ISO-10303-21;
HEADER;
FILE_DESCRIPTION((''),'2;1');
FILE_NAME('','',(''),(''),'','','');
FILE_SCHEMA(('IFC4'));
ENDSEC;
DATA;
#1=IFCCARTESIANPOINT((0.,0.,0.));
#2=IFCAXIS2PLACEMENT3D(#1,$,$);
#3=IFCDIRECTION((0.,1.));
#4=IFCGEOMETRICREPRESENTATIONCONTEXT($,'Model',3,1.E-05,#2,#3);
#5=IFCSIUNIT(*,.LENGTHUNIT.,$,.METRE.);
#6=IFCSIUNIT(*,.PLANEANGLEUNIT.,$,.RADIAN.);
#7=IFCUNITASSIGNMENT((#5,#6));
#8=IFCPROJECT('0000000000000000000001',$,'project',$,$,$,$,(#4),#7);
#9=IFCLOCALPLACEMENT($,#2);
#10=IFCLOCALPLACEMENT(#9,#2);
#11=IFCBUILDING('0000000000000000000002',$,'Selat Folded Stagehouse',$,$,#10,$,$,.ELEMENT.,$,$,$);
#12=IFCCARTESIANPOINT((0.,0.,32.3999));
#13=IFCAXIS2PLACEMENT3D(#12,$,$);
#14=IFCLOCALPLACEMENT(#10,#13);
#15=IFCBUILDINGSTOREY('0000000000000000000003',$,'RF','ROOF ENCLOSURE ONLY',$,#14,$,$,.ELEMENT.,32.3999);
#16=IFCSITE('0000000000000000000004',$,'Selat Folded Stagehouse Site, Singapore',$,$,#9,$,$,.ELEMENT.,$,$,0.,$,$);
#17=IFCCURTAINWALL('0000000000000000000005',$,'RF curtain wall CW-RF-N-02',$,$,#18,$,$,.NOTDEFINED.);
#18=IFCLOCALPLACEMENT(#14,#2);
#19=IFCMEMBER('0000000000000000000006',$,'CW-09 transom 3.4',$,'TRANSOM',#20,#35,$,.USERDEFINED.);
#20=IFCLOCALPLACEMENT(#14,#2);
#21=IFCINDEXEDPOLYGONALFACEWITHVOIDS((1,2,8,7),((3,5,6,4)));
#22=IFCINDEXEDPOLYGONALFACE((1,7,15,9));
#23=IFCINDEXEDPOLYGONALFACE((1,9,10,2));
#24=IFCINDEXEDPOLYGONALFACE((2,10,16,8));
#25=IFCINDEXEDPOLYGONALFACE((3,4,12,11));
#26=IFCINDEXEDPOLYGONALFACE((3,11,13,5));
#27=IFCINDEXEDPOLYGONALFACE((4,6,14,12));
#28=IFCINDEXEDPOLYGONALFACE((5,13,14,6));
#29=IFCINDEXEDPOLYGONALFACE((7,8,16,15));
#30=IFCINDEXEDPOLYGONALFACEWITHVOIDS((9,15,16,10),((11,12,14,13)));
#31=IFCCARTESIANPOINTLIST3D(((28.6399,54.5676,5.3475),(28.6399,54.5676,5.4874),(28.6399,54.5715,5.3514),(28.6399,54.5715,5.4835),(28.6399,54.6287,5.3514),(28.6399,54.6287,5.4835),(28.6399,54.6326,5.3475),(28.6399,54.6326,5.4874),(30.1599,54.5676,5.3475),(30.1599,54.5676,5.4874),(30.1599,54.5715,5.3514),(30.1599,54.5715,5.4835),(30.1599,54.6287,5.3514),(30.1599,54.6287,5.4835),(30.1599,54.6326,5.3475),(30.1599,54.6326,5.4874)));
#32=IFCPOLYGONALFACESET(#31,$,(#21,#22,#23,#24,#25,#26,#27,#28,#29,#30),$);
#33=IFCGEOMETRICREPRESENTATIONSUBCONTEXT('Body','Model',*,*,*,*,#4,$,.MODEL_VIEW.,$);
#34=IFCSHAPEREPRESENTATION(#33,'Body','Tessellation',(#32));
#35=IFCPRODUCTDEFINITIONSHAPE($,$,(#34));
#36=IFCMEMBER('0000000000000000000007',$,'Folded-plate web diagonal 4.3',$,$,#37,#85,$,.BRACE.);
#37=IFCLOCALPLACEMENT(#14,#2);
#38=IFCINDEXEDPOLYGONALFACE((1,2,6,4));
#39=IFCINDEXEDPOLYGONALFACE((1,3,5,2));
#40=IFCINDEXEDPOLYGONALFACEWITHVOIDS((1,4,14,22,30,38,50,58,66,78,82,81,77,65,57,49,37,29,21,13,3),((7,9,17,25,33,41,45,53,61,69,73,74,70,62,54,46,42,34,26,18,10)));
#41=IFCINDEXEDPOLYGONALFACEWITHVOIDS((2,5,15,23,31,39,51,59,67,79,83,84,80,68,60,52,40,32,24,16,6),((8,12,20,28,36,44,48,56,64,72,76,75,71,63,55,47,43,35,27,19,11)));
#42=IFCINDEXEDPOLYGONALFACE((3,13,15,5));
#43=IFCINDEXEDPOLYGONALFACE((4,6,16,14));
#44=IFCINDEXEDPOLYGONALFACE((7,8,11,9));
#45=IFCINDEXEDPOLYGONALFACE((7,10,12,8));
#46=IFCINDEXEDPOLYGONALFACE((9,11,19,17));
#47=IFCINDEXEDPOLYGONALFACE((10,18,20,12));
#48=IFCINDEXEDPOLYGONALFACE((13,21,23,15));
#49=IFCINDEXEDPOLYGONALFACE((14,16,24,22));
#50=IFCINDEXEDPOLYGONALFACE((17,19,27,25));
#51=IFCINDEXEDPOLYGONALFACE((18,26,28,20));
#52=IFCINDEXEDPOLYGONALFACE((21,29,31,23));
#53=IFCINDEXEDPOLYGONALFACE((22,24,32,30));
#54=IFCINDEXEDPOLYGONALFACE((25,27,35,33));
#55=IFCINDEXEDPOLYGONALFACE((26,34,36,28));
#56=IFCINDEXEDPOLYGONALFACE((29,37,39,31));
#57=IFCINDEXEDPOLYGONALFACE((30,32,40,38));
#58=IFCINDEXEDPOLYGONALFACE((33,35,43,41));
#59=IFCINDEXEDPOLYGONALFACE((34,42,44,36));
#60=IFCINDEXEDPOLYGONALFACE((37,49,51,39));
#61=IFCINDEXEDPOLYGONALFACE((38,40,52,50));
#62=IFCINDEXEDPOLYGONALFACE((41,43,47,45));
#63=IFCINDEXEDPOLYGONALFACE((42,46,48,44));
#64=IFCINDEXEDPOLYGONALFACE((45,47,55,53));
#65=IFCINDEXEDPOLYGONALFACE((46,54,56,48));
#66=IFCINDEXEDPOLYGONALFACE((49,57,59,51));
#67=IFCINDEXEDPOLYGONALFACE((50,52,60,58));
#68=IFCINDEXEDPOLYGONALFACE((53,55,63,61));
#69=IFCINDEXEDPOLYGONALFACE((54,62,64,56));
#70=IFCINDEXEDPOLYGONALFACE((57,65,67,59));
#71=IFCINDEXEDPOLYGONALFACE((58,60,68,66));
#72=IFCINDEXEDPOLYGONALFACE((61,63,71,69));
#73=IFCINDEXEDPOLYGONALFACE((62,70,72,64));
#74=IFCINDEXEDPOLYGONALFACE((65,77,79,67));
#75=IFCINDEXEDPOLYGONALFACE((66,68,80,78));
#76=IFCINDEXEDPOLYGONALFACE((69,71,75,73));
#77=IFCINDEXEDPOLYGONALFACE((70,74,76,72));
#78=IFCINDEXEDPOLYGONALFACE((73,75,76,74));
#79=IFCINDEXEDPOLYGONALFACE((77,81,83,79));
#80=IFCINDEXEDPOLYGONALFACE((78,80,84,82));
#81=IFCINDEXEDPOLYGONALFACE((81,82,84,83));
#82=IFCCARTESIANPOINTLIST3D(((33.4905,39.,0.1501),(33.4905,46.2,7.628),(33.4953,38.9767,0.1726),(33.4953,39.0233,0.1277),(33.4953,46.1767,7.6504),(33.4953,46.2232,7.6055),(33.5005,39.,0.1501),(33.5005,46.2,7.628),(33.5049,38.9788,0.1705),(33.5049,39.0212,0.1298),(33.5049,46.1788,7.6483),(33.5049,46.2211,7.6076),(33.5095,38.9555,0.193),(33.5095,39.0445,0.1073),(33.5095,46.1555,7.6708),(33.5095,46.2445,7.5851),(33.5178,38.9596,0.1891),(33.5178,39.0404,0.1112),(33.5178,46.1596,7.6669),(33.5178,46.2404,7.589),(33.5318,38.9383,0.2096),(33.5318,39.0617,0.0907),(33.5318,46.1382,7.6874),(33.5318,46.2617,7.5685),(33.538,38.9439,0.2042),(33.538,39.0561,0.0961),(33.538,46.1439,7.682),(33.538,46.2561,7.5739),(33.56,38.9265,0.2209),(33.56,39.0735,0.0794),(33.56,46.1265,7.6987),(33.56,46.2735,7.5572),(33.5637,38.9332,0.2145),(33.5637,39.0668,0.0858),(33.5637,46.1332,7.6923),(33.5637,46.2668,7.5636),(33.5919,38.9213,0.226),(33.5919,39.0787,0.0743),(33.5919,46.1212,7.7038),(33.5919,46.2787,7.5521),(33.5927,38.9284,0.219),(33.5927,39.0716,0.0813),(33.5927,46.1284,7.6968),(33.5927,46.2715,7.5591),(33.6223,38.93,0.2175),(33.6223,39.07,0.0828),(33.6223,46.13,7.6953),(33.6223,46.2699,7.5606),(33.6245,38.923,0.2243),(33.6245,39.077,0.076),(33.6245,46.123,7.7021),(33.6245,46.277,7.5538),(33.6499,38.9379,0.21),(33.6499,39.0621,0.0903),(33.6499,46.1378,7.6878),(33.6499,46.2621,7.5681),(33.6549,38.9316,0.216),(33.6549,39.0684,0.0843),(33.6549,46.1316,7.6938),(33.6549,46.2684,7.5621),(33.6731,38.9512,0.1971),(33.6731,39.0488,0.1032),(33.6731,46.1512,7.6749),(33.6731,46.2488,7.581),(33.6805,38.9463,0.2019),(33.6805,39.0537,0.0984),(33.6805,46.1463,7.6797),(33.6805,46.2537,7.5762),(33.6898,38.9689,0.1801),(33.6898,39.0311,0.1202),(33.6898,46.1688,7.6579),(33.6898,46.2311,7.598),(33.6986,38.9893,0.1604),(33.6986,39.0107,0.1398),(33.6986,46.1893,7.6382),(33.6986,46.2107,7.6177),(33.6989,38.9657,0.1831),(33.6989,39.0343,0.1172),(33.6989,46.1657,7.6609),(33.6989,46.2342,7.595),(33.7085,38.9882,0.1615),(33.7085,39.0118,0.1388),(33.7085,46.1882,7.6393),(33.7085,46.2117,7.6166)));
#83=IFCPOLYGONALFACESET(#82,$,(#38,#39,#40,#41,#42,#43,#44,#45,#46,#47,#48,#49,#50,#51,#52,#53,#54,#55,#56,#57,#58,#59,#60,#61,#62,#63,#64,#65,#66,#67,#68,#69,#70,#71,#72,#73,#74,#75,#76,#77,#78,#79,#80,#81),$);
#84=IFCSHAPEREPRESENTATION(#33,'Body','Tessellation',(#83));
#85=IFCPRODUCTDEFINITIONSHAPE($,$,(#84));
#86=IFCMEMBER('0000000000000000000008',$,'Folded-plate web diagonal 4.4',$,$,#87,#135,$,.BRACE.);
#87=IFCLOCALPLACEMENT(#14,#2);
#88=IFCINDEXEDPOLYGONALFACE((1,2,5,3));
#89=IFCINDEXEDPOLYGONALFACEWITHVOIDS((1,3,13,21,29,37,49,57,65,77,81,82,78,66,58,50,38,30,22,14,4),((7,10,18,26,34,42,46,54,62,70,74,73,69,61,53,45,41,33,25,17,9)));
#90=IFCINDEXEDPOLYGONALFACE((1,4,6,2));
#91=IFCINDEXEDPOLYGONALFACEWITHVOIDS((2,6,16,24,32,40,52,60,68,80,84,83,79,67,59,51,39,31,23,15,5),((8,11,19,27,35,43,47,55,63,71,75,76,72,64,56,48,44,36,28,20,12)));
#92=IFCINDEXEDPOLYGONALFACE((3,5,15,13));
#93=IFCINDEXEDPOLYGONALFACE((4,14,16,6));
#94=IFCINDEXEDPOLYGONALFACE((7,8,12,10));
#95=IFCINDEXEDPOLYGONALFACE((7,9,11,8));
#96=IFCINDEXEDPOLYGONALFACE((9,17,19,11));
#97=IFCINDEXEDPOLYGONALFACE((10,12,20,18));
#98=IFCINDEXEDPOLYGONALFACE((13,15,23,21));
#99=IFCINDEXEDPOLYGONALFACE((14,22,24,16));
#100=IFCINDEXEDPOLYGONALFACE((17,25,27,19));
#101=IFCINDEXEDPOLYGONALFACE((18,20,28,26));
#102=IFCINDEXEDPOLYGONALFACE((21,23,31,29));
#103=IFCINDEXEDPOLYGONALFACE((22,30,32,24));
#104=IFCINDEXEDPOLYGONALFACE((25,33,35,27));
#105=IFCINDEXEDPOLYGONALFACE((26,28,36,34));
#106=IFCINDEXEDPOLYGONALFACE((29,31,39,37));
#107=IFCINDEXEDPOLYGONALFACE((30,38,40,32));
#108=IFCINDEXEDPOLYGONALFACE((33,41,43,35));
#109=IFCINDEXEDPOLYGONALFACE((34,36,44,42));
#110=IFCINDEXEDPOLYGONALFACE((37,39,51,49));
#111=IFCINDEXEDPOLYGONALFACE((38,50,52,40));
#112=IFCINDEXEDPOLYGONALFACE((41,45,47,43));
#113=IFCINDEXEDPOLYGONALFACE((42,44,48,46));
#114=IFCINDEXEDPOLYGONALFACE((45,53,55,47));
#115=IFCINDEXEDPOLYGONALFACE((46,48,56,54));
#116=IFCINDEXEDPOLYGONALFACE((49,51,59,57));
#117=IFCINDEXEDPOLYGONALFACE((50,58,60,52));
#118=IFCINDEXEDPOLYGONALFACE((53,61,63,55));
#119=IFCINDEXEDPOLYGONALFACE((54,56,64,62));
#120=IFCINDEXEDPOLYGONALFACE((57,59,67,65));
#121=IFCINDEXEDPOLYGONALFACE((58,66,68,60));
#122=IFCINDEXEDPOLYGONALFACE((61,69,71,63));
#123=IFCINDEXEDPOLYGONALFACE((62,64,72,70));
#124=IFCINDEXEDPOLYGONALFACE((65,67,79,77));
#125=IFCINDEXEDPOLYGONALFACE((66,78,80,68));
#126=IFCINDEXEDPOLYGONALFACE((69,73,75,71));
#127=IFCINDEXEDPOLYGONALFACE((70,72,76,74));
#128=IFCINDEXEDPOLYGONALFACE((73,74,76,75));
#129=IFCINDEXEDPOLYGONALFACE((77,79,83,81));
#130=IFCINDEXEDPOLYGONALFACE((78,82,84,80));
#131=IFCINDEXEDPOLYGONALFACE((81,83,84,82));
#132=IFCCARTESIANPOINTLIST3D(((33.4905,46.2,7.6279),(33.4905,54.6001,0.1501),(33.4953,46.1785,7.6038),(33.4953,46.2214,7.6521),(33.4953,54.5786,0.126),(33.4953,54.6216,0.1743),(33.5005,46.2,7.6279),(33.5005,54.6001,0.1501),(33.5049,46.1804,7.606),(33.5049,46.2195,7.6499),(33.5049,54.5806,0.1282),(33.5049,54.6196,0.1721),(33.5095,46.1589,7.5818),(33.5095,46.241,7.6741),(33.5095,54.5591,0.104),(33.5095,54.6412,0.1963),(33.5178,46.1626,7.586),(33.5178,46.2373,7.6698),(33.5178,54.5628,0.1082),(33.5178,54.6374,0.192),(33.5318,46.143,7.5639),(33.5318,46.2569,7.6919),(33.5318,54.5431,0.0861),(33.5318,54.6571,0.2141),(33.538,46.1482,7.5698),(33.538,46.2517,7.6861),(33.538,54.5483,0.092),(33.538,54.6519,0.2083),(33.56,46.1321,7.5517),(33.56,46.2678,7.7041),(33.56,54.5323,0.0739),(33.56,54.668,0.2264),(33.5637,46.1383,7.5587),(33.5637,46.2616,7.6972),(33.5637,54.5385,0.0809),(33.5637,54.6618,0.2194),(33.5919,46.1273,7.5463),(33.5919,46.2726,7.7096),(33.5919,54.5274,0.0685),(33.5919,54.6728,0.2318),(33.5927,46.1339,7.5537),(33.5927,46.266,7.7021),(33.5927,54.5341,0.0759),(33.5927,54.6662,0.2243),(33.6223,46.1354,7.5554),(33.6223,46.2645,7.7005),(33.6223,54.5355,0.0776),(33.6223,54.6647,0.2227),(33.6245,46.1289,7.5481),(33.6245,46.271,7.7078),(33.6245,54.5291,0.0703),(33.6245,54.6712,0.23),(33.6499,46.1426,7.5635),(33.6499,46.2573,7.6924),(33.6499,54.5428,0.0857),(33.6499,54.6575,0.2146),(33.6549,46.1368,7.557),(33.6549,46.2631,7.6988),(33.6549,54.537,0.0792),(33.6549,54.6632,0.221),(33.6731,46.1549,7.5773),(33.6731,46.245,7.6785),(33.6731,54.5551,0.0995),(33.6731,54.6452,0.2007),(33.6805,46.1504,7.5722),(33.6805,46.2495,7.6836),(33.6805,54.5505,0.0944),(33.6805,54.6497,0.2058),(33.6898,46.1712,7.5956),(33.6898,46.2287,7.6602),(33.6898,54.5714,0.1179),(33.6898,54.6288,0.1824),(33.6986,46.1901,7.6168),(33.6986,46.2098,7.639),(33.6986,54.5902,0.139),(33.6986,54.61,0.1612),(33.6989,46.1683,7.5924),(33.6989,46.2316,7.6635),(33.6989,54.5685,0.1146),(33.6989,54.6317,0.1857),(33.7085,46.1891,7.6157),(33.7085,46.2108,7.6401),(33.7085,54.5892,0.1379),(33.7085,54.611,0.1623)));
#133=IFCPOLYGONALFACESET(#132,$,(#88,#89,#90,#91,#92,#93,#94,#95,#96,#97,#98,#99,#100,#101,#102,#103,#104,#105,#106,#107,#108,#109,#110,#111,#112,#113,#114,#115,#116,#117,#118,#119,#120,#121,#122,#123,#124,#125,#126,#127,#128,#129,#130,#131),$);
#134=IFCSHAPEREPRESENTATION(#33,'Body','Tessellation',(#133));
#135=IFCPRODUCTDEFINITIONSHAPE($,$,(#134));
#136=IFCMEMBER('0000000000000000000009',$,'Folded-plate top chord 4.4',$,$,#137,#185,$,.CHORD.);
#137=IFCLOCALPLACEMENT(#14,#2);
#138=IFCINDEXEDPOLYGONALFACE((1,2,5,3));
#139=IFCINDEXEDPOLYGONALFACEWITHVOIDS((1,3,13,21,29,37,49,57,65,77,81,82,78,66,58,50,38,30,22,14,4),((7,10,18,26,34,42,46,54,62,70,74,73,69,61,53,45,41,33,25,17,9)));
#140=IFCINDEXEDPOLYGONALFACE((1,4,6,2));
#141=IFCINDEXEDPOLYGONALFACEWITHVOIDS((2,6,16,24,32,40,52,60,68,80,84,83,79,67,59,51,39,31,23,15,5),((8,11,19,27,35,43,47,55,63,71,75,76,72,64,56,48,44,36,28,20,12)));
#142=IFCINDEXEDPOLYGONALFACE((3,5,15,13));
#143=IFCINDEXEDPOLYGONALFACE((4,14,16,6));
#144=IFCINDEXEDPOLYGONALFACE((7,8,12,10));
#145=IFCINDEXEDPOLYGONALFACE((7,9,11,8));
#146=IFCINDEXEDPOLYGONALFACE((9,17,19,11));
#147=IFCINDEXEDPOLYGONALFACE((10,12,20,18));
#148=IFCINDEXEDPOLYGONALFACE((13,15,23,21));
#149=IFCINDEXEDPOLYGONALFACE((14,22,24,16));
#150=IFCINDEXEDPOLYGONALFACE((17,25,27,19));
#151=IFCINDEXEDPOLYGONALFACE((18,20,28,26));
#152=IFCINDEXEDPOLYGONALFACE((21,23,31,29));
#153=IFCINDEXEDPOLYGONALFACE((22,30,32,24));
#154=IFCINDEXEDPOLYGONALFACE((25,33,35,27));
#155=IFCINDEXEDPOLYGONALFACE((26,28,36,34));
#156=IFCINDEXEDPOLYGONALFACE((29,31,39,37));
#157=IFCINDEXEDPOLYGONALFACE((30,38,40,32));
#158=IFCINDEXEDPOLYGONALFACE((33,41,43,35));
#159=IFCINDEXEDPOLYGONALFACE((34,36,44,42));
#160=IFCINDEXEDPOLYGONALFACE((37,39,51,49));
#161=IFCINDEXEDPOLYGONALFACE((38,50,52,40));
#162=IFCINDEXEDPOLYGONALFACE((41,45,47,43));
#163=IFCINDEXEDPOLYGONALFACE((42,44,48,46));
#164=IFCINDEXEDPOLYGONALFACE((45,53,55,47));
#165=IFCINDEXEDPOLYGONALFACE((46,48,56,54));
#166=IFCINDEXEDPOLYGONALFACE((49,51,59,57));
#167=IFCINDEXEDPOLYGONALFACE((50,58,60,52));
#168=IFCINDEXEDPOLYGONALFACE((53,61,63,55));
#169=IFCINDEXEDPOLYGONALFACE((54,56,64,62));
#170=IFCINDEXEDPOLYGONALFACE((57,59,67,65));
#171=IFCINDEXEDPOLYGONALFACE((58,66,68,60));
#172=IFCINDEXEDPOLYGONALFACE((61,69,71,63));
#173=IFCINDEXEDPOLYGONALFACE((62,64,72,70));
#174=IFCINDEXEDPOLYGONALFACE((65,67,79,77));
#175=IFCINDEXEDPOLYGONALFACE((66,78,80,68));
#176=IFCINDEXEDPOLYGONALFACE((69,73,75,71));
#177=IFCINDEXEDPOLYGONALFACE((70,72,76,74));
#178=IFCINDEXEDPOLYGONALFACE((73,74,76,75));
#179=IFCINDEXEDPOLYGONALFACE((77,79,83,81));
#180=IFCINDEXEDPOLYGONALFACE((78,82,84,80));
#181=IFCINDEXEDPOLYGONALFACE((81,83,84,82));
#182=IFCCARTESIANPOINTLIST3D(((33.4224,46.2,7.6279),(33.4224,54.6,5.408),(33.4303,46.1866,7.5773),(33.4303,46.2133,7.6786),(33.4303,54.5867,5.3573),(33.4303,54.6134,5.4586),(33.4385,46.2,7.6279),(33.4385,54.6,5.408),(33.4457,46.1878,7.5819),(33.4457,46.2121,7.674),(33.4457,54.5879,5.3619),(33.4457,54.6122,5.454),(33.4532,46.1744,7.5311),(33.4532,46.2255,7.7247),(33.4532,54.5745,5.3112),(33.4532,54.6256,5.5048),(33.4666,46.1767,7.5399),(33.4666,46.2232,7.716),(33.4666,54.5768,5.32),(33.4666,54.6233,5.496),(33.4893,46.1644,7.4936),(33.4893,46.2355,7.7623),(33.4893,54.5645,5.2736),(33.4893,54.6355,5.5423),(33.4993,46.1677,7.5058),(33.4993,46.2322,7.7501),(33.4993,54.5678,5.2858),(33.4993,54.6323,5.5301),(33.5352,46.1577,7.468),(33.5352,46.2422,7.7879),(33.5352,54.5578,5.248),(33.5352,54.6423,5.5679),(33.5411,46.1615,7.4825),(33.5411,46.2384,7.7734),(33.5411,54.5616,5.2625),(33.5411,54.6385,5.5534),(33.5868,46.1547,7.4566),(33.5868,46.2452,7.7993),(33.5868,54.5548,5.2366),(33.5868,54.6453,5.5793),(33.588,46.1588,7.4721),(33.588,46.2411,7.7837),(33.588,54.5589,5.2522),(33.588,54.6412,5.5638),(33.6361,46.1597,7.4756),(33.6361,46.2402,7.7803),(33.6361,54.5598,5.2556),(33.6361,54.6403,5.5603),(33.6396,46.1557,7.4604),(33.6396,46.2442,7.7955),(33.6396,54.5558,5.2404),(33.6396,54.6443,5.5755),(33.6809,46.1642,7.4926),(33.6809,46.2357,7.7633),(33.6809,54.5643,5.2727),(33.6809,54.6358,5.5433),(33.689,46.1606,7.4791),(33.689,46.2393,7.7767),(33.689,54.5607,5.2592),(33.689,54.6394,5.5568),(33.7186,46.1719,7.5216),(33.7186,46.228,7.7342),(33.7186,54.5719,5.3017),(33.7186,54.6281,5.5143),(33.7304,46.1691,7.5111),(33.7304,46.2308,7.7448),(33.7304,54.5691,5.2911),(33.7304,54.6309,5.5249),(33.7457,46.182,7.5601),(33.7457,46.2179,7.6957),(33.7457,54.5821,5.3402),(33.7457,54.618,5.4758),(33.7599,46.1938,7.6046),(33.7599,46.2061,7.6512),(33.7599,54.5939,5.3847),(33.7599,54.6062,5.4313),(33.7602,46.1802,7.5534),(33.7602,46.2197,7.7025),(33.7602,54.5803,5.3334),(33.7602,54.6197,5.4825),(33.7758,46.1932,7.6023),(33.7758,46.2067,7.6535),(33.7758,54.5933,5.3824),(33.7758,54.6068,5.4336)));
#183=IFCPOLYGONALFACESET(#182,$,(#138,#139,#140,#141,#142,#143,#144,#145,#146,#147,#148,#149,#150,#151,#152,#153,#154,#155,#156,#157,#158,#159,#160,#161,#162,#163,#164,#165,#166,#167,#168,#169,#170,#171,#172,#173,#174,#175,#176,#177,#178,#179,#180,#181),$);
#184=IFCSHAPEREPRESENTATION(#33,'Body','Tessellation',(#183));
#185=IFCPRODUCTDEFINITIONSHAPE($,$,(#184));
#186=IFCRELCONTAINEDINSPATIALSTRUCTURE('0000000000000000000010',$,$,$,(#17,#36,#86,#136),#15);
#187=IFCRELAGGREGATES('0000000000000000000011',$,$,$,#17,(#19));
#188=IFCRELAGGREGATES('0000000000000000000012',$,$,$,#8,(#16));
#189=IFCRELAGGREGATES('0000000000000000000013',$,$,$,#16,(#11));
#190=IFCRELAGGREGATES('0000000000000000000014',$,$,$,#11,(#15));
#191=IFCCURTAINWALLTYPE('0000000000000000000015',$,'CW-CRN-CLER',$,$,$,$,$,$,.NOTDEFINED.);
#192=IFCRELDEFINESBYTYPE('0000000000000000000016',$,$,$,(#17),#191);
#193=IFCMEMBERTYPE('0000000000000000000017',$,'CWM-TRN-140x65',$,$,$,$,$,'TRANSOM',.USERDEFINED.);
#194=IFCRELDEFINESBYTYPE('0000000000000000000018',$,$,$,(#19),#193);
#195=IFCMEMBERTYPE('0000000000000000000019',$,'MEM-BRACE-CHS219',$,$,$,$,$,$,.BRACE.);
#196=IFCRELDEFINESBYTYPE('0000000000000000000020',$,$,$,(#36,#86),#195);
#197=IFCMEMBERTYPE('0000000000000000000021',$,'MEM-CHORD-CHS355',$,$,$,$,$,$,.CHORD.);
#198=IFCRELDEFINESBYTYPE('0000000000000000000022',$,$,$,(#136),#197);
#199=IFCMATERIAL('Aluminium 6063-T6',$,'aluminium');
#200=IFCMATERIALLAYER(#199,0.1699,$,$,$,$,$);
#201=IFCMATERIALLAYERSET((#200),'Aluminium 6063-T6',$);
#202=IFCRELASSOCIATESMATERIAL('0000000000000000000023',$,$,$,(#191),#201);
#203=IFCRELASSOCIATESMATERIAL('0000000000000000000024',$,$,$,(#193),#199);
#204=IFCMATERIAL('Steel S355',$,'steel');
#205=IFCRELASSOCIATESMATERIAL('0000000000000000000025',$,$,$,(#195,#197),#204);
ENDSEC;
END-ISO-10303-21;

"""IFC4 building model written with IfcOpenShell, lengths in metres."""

from ifc_helpers import new_model, si_unit, direction, frame, origin, origin_2d, place, context, subcontext, project, spatial, hollow_rectangle, hollow_circle, extrude, material, layer, layer_set, material_profile, profile_set, type_object, element, aggregate, save


model = new_model("IFC4")

# Units and contexts
model_context = context("Model", 3, precision=1e-05, world=origin(), true_north=direction((0.0, 1.0)))
body_context = subcontext(model_context, "Body", "Model", "MODEL_VIEW")
ifc_project = project(units=[si_unit("LENGTHUNIT", "METRE"), si_unit("PLANEANGLEUNIT", "RADIAN")], contexts=[model_context])

# Site, building, storey
site_placement = place(None, origin())
site = spatial("IfcSite", under=ifc_project, at=site_placement, Name="Selat Folded Stagehouse Site, Singapore", CompositionType="ELEMENT", RefElevation=0.0)
building_placement = place(site_placement, origin())
building = spatial("IfcBuilding", under=site, at=building_placement, Name="Selat Folded Stagehouse", CompositionType="ELEMENT")
storey_placement = place(building_placement, frame((0.0, 0.0, 32.3999)))
storey = spatial("IfcBuildingStorey", under=building, at=storey_placement, Name="RF", Description="ROOF ENCLOSURE ONLY", CompositionType="ELEMENT", Elevation=32.3999)

# Shared definitions
ifc_material_1 = material(Name="Steel S355", Category="steel")

# Curtain wall, member
ifc_material_2 = material(Name="Aluminium 6063-T6", Category="aluminium")
ifc_layer_1 = layer(ifc_material_2, 0.1699)
ifc_layer_set_1 = layer_set([ifc_layer_1], Name="Aluminium 6063-T6")
curtain_wall_type = type_object("IfcCurtainWallType", Name="CW-CRN-CLER", PredefinedType="NOTDEFINED", material=ifc_layer_set_1)
curtain_wall_placement = place(storey_placement, origin())
curtain_wall = element("IfcCurtainWall", 1, at=curtain_wall_placement, inside=storey, type_object=curtain_wall_type, Name="RF curtain wall CW-RF-N-02", PredefinedType="NOTDEFINED")
ifc_material_profile_1 = material_profile(ifc_material_2, hollow_rectangle(XDim=0.0649, YDim=0.1399, WallThickness=0.0039, at=origin_2d()), Name="ALU 140x65x4.0")
ifc_profile_set_1 = profile_set([ifc_material_profile_1], Name="Aluminium 6063-T6")
member_type_1 = type_object("IfcMemberType", Name="CWM-TRN-140x65", ElementType="TRANSOM", PredefinedType="USERDEFINED", material=ifc_profile_set_1)
member_1_placement = place(storey_placement, frame((28.6399, 54.6001, 5.4175), z_axis=(1.0, 0.0, 0.0), x_axis=(0.0, 1.0, 0.0)))
member_1 = element("IfcMember", 2, at=member_1_placement, type_object=member_type_1, Name="CW-09 transom 3.4", ObjectType="TRANSOM", PredefinedType="USERDEFINED", context=body_context, shape_type="SweptSolid", body=[
    extrude(hollow_rectangle(XDim=0.0649, YDim=0.1399, WallThickness=0.0039, at=origin_2d()), origin(), (0.0, 0.0, 1.0), 1.52),
])

# Members
ifc_material_profile_2 = material_profile(ifc_material_1, hollow_circle(Radius=0.1096, WallThickness=0.01, at=origin_2d()), Name="CHS 219.1x10.0")
ifc_profile_set_2 = profile_set([ifc_material_profile_2], Name="Steel S355")
member_type_2 = type_object("IfcMemberType", Name="MEM-BRACE-CHS219", PredefinedType="BRACE", material=ifc_profile_set_2)
member_2_placement = place(storey_placement, frame((33.6001, 39.0, 0.1501), z_axis=(0.0, 0.693598, 0.720362), x_axis=(-1.0, 0.0, 0.0)))
element("IfcMember", 3, at=member_2_placement, inside=storey, type_object=member_type_2, Name="Folded-plate web diagonal 4.3", PredefinedType="BRACE", context=body_context, shape_type="SweptSolid", body=[
    extrude(hollow_circle(Radius=0.1096, WallThickness=0.01, at=origin_2d()), origin(), (0.0, 0.0, 1.0), 10.3806),
])
member_3_placement = place(storey_placement, frame((33.6001, 46.2, 7.6279), z_axis=(0.0, 0.746924, -0.664909), x_axis=(-1.0, 0.0, 0.0)))
element("IfcMember", 4, at=member_3_placement, inside=storey, type_object=member_type_2, Name="Folded-plate web diagonal 4.4", PredefinedType="BRACE", context=body_context, shape_type="SweptSolid", body=[
    extrude(hollow_circle(Radius=0.1096, WallThickness=0.01, at=origin_2d()), origin(), (0.0, 0.0, 1.0), 11.2463),
])
ifc_material_profile_3 = material_profile(ifc_material_1, hollow_circle(Radius=0.1777, WallThickness=0.0161, at=origin_2d()), Name="CHS 355.6x16.0")
ifc_profile_set_3 = profile_set([ifc_material_profile_3], Name="Steel S355")
member_type_3 = type_object("IfcMemberType", Name="MEM-CHORD-CHS355", PredefinedType="CHORD", material=ifc_profile_set_3)
member_4_placement = place(storey_placement, frame((33.6001, 46.2, 7.6279), z_axis=(0.0, 0.966808, -0.255506), x_axis=(-1.0, 0.0, 0.0)))
element("IfcMember", 5, at=member_4_placement, inside=storey, type_object=member_type_3, Name="Folded-plate top chord 4.4", PredefinedType="CHORD", context=body_context, shape_type="SweptSolid", body=[
    extrude(hollow_circle(Radius=0.1777, WallThickness=0.0161, at=origin_2d()), origin(), (0.0, 0.0, 1.0), 8.6885),
])

aggregate(curtain_wall, [member_1])

save(model, "model.ifc")
